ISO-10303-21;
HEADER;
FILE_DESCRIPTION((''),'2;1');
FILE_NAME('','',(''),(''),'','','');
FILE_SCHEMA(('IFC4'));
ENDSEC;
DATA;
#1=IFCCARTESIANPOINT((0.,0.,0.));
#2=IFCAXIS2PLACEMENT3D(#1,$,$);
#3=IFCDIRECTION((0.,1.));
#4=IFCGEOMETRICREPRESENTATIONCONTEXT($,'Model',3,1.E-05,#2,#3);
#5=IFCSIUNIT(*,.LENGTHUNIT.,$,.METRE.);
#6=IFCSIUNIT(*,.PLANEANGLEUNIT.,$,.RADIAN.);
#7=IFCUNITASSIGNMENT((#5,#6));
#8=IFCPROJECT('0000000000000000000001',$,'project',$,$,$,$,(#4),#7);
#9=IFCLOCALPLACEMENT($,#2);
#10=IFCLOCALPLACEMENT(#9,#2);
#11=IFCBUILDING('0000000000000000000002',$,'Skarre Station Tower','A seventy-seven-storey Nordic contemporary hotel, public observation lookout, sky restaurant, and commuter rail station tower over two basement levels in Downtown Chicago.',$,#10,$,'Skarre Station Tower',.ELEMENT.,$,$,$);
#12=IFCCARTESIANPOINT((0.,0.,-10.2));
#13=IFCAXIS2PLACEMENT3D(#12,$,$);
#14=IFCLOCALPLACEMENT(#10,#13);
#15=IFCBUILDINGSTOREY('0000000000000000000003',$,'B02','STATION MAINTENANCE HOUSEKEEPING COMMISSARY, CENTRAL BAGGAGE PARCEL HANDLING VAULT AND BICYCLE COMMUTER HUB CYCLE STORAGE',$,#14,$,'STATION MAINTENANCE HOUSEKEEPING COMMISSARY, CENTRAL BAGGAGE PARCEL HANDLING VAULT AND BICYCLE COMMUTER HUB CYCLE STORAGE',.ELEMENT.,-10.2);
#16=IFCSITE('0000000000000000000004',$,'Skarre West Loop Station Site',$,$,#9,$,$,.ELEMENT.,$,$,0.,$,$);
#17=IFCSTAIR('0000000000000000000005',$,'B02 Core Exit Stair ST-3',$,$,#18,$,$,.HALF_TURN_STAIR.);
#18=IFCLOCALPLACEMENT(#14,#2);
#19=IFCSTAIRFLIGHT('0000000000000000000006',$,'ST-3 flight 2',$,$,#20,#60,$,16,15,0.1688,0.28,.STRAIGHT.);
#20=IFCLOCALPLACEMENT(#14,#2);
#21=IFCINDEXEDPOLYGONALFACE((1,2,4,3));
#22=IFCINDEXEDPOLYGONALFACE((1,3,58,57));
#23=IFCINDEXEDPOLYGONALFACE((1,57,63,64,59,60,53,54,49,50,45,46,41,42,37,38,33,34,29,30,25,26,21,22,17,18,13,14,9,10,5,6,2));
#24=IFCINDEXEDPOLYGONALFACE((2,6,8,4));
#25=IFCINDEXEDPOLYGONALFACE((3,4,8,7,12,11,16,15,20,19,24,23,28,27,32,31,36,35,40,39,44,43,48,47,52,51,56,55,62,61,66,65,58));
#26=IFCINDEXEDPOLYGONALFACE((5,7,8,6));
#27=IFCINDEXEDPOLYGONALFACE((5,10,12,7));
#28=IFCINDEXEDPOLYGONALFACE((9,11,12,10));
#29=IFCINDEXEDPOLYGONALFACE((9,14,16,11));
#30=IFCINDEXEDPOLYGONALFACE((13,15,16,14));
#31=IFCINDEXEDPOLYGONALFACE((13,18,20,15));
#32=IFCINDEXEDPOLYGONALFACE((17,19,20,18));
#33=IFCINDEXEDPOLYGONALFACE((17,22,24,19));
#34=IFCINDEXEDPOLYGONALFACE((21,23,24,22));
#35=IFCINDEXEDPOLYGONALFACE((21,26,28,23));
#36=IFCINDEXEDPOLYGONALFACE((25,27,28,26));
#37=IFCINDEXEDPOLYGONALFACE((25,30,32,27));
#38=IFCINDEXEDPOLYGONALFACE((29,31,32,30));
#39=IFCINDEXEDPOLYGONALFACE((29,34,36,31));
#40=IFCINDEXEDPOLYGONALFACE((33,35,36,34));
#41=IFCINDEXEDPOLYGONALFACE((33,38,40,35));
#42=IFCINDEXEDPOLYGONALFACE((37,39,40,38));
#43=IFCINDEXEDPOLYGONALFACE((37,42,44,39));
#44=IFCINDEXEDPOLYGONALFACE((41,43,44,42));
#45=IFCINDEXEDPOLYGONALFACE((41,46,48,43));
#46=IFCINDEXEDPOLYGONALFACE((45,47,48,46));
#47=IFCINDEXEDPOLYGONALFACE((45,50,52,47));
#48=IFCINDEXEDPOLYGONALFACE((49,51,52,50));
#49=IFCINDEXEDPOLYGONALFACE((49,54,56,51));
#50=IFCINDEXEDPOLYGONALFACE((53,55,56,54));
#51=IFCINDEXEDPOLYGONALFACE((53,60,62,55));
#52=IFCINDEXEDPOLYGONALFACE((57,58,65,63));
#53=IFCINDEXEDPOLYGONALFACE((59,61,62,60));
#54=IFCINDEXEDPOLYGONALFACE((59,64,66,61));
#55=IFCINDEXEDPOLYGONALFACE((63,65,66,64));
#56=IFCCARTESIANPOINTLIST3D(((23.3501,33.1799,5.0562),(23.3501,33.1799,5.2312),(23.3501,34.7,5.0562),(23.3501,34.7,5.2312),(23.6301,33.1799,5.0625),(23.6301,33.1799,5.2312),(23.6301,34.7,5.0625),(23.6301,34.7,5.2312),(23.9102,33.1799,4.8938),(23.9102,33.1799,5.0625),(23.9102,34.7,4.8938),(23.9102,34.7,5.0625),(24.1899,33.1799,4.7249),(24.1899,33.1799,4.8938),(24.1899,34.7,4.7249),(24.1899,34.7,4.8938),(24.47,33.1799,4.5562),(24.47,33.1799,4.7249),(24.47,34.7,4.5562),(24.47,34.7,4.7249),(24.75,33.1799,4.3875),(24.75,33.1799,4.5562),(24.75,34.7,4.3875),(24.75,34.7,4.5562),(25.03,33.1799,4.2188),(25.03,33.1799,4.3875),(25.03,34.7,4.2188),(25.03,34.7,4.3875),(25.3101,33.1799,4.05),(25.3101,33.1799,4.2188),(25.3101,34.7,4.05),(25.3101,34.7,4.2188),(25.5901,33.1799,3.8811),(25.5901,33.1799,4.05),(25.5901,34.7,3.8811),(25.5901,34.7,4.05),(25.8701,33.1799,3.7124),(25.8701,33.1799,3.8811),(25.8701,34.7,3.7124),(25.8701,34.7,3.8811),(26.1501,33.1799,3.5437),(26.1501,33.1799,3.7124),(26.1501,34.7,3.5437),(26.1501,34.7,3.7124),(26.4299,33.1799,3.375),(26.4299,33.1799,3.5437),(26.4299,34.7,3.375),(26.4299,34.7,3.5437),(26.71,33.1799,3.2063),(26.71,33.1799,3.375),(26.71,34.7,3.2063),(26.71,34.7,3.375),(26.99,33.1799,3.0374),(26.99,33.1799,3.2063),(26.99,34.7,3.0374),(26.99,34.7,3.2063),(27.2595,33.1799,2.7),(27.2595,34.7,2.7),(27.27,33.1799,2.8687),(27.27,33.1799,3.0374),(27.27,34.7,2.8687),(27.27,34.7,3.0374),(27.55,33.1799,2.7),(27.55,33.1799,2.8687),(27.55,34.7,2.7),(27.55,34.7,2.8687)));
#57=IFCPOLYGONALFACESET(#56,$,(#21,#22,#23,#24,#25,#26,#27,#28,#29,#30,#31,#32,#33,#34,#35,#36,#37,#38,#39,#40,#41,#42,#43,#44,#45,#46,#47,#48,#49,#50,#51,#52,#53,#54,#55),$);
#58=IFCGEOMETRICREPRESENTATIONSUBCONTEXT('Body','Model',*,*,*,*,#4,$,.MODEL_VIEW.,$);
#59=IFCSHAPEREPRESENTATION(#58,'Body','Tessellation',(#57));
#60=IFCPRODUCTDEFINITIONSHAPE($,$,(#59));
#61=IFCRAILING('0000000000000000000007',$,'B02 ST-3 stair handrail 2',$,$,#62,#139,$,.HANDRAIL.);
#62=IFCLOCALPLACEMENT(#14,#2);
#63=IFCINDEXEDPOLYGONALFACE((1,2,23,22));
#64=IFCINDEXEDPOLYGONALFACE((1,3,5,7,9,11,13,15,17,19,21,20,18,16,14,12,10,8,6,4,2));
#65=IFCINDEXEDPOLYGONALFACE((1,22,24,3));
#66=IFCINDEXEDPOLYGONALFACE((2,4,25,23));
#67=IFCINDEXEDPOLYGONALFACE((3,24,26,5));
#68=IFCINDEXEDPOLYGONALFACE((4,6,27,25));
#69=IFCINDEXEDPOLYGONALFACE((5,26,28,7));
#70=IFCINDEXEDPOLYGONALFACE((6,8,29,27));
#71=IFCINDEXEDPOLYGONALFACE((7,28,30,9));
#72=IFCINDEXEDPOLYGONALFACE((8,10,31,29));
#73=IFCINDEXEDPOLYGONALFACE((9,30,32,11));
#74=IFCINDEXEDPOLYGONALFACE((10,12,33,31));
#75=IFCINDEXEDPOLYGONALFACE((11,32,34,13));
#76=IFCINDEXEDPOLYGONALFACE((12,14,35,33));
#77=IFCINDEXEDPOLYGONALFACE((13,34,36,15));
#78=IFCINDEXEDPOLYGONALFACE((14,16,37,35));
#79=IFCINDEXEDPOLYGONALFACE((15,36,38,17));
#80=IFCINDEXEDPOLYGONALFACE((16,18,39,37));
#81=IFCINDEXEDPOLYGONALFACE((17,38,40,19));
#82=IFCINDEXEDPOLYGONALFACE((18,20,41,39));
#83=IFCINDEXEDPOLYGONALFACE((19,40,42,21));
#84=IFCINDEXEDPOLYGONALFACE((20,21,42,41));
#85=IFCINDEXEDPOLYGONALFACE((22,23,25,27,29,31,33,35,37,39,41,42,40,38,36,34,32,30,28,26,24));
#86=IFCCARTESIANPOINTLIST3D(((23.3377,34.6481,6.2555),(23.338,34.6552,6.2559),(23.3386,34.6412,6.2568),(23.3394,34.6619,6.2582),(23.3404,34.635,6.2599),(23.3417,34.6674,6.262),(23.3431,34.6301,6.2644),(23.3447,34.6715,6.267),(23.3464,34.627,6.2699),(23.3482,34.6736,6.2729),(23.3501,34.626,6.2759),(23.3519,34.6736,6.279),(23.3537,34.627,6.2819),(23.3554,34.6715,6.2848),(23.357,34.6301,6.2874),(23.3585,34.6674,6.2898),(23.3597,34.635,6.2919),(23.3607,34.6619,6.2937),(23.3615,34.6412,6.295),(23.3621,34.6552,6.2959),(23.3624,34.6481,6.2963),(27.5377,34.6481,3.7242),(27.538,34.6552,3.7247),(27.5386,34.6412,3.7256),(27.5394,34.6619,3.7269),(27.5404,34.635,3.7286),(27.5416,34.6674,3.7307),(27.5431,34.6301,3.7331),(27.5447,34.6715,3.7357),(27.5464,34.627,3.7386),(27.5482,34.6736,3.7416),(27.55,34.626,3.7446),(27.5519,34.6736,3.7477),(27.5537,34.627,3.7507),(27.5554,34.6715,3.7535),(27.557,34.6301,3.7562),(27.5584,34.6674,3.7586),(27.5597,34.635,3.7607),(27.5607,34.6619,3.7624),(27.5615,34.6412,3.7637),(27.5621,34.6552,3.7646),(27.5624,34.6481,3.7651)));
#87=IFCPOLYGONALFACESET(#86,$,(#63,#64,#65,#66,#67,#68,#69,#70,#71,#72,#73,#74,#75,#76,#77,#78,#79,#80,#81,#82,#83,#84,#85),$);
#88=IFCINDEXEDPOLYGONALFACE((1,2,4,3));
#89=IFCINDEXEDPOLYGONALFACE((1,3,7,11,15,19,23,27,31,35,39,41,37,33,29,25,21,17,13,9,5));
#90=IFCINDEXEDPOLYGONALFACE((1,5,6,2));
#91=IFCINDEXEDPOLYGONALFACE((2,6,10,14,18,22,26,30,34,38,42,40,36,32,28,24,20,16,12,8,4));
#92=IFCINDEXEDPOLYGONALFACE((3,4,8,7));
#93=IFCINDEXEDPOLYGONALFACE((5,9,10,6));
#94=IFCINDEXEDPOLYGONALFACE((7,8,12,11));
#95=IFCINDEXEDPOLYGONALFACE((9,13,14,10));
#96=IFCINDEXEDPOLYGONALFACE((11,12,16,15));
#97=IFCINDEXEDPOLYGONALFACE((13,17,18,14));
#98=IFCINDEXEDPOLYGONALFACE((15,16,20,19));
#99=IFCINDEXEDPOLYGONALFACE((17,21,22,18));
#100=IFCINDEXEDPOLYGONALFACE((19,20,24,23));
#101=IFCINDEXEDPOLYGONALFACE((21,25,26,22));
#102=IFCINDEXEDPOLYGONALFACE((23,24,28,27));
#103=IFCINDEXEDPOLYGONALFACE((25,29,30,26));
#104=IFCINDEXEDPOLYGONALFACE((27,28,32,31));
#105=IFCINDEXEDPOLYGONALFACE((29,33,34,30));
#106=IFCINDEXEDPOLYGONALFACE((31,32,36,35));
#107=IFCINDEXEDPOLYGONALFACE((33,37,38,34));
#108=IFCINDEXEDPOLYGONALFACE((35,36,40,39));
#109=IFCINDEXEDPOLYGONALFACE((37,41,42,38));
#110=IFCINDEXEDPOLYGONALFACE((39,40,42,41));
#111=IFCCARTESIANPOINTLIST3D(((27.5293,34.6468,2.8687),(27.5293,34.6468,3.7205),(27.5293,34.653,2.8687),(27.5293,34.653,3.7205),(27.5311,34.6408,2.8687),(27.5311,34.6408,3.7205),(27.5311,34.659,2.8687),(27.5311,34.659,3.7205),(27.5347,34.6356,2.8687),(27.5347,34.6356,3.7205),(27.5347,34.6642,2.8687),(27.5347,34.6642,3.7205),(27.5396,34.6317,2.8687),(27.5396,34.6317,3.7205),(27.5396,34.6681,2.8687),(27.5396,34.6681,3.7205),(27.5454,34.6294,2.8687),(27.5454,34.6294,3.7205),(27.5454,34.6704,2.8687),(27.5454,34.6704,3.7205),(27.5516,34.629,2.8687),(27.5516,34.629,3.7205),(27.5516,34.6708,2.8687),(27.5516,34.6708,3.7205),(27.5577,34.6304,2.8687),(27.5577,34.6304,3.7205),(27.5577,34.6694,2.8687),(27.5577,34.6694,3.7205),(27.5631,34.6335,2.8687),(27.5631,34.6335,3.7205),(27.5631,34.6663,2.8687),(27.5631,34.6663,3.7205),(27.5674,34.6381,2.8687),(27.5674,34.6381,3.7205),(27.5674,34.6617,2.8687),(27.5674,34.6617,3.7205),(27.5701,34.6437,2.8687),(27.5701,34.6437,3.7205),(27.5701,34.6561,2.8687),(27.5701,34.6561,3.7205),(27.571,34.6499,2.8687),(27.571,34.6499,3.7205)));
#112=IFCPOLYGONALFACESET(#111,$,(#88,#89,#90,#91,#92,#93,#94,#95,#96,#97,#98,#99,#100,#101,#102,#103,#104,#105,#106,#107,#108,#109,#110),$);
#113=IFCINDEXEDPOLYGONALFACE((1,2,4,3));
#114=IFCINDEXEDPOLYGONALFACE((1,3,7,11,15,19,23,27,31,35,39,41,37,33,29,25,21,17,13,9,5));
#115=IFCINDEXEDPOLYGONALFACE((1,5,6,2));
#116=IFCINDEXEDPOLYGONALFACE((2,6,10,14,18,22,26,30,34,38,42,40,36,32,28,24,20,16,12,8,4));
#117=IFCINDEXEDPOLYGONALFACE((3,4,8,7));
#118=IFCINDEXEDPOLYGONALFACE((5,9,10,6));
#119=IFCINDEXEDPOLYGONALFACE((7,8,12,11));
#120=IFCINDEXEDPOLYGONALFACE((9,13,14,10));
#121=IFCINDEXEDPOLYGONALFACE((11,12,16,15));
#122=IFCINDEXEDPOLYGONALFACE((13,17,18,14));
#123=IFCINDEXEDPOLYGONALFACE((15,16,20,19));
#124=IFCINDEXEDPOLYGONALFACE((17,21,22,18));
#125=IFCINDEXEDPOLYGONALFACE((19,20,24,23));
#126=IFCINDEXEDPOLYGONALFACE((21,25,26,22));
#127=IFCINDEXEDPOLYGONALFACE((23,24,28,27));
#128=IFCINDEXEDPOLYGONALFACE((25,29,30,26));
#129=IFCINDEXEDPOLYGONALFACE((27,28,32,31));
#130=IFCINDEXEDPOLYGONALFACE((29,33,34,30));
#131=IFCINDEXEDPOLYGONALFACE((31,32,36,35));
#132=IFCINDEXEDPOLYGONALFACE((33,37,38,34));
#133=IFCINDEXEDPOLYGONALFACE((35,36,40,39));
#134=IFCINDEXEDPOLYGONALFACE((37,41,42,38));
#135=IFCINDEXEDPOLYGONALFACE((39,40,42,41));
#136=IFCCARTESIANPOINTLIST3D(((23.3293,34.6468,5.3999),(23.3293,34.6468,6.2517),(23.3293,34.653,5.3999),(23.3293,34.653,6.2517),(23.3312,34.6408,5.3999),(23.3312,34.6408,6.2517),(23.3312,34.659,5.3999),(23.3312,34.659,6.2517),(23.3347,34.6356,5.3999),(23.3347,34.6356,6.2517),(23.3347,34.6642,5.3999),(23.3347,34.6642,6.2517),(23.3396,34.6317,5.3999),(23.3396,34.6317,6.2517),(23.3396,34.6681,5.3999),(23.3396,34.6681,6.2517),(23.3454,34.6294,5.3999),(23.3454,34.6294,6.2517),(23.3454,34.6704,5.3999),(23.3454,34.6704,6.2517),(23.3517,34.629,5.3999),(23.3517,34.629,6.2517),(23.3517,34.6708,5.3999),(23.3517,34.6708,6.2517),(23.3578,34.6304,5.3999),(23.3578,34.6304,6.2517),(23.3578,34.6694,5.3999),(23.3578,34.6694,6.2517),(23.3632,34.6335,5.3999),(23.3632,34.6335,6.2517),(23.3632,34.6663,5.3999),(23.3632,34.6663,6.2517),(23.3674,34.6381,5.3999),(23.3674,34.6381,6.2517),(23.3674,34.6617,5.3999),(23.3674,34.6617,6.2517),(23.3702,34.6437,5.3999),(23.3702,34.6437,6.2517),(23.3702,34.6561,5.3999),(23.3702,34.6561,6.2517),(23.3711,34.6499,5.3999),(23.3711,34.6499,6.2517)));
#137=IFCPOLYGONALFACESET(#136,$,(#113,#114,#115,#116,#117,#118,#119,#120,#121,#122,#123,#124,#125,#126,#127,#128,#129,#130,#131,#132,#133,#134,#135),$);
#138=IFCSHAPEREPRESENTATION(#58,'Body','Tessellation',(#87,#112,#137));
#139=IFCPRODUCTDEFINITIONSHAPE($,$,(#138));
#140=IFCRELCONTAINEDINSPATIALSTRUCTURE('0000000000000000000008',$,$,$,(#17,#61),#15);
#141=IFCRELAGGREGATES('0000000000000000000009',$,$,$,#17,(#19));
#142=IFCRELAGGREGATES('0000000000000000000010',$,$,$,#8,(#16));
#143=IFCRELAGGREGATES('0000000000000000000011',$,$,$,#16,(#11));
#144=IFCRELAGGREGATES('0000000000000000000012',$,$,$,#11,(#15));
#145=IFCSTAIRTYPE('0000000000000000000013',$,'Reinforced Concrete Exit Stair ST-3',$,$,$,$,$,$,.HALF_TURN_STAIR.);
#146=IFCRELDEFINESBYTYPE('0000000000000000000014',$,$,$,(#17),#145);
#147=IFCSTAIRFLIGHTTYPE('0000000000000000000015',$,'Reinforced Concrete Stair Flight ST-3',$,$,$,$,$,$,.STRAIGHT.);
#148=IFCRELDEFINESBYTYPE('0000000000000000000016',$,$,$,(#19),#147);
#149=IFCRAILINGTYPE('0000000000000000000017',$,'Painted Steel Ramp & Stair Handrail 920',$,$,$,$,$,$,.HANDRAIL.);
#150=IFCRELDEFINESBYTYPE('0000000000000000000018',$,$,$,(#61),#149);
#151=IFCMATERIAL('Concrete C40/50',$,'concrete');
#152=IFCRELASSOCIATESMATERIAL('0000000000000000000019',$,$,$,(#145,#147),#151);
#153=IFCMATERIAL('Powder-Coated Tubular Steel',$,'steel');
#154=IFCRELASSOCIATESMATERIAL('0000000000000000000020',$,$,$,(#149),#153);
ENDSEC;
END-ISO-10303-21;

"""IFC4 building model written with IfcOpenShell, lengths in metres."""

from ifc_helpers import new_model, si_unit, direction, frame, origin, origin_2d, place, context, subcontext, project, spatial, polyline, circle, outline, extrude, material, type_object, element, aggregate, save


model = new_model("IFC4")

# Units and contexts
model_context = context("Model", 3, precision=1e-05, world=origin(), true_north=direction((0.0, 1.0)))
body_context = subcontext(model_context, "Body", "Model", "MODEL_VIEW")
ifc_project = project(units=[si_unit("LENGTHUNIT", "METRE"), si_unit("PLANEANGLEUNIT", "RADIAN")], contexts=[model_context])

# Site, building, storey
site_placement = place(None, origin())
site = spatial("IfcSite", under=ifc_project, at=site_placement, Name="Skarre West Loop Station Site", CompositionType="ELEMENT", RefElevation=0.0)
building_placement = place(site_placement, origin())
building = spatial("IfcBuilding", under=site, at=building_placement, Name="Skarre Station Tower", Description="A seventy-seven-storey Nordic contemporary hotel, public observation lookout, sky restaurant, and commuter rail station tower over two basement levels in Downtown Chicago.", LongName="Skarre Station Tower", CompositionType="ELEMENT")
storey_placement = place(building_placement, frame((0.0, 0.0, -10.2)))
storey = spatial("IfcBuildingStorey", under=building, at=storey_placement, Name="B02", Description="STATION MAINTENANCE HOUSEKEEPING COMMISSARY, CENTRAL BAGGAGE PARCEL HANDLING VAULT AND BICYCLE COMMUTER HUB CYCLE STORAGE", LongName="STATION MAINTENANCE HOUSEKEEPING COMMISSARY, CENTRAL BAGGAGE PARCEL HANDLING VAULT AND BICYCLE COMMUTER HUB CYCLE STORAGE", CompositionType="ELEMENT", Elevation=-10.2)

# Stair, stair flight
ifc_material_1 = material(Name="Concrete C40/50", Category="concrete")
stair_type = type_object("IfcStairType", Name="Reinforced Concrete Exit Stair ST-3", PredefinedType="HALF_TURN_STAIR", material=ifc_material_1)
stair_placement = place(storey_placement, origin())
stair = element("IfcStair", 1, at=stair_placement, inside=storey, type_object=stair_type, Name="B02 Core Exit Stair ST-3", PredefinedType="HALF_TURN_STAIR")
stair_flight_type = type_object("IfcStairFlightType", Name="Reinforced Concrete Stair Flight ST-3", PredefinedType="STRAIGHT", material=ifc_material_1)
stair_flight_placement = place(storey_placement, frame((27.55, 33.9399, 2.7), z_axis=(0.0, 0.0, 1.0), x_axis=(-1.0, 0.0, 0.0)))
stair_flight = element("IfcStairFlight", 2, at=stair_flight_placement, type_object=stair_flight_type, Name="ST-3 flight 2", NumberOfRisers=16, NumberOfTreads=15, PredefinedType="STRAIGHT", RiserHeight=0.1688, TreadLength=0.28, context=body_context, shape_type="SweptSolid", body=[
    extrude(outline(polyline([(0.0, 0.0), (0.0, 0.1687), (0.28, 0.1687), (0.28, 0.3374), (0.5601, 0.3374), (0.5601, 0.5063), (0.8401, 0.5063), (0.8401, 0.675), (1.1201, 0.675), (1.1201, 0.8438), (1.3999, 0.8438), (1.3999, 1.0125), (1.6799, 1.0125), (1.6799, 1.1812), (1.96, 1.1812), (1.96, 1.3501), (2.24, 1.3501), (2.24, 1.5188), (2.52, 1.5188), (2.52, 1.6875), (2.8, 1.6875), (2.8, 1.8562), (3.0801, 1.8562), (3.0801, 2.0249), (3.3601, 2.0249), (3.3601, 2.1938), (3.6399, 2.1938), (3.6399, 2.3625), (3.9199, 2.3625), (3.9199, 2.5312), (4.2, 2.5312), (4.2, 2.7), (4.2, 2.3562), (0.2905, 0.0), (0.0, 0.0)])), frame((0.0, 0.76, 0.0), z_axis=(0.0, -1.0, 0.0), x_axis=(1.0, 0.0, 0.0)), (0.0, 0.0, 1.0), 1.52),
])
aggregate(stair, [stair_flight])

# Railing
ifc_material_2 = material(Name="Powder-Coated Tubular Steel", Category="steel")
railing_type_1 = type_object("IfcRailingType", Name="Painted Steel Ramp & Stair Handrail 920", PredefinedType="HANDRAIL", material=ifc_material_2)
railing_1_placement = place(storey_placement, frame((27.55, 34.6499, 2.8687)))
element("IfcRailing", 3, at=railing_1_placement, inside=storey, type_object=railing_type_1, Name="B02 ST-3 stair handrail 2", PredefinedType="HANDRAIL", context=body_context, shape_type="SweptSolid", body=[
    extrude(circle(Radius=0.0239, at=origin_2d()), frame((0.0, 0.0, 0.876), z_axis=(-0.856476, 0.0, 0.516186), x_axis=(0.0, -1.0, 0.0)), (0.0, 0.0, 1.0), 4.9038),
    extrude(circle(Radius=0.021, at=origin_2d()), origin(), (0.0, 0.0, 1.0), 0.8518),
    extrude(circle(Radius=0.021, at=origin_2d()), frame((-4.2, 0.0, 2.5312)), (0.0, 0.0, 1.0), 0.8518),
])

save(model, "model.ifc")
